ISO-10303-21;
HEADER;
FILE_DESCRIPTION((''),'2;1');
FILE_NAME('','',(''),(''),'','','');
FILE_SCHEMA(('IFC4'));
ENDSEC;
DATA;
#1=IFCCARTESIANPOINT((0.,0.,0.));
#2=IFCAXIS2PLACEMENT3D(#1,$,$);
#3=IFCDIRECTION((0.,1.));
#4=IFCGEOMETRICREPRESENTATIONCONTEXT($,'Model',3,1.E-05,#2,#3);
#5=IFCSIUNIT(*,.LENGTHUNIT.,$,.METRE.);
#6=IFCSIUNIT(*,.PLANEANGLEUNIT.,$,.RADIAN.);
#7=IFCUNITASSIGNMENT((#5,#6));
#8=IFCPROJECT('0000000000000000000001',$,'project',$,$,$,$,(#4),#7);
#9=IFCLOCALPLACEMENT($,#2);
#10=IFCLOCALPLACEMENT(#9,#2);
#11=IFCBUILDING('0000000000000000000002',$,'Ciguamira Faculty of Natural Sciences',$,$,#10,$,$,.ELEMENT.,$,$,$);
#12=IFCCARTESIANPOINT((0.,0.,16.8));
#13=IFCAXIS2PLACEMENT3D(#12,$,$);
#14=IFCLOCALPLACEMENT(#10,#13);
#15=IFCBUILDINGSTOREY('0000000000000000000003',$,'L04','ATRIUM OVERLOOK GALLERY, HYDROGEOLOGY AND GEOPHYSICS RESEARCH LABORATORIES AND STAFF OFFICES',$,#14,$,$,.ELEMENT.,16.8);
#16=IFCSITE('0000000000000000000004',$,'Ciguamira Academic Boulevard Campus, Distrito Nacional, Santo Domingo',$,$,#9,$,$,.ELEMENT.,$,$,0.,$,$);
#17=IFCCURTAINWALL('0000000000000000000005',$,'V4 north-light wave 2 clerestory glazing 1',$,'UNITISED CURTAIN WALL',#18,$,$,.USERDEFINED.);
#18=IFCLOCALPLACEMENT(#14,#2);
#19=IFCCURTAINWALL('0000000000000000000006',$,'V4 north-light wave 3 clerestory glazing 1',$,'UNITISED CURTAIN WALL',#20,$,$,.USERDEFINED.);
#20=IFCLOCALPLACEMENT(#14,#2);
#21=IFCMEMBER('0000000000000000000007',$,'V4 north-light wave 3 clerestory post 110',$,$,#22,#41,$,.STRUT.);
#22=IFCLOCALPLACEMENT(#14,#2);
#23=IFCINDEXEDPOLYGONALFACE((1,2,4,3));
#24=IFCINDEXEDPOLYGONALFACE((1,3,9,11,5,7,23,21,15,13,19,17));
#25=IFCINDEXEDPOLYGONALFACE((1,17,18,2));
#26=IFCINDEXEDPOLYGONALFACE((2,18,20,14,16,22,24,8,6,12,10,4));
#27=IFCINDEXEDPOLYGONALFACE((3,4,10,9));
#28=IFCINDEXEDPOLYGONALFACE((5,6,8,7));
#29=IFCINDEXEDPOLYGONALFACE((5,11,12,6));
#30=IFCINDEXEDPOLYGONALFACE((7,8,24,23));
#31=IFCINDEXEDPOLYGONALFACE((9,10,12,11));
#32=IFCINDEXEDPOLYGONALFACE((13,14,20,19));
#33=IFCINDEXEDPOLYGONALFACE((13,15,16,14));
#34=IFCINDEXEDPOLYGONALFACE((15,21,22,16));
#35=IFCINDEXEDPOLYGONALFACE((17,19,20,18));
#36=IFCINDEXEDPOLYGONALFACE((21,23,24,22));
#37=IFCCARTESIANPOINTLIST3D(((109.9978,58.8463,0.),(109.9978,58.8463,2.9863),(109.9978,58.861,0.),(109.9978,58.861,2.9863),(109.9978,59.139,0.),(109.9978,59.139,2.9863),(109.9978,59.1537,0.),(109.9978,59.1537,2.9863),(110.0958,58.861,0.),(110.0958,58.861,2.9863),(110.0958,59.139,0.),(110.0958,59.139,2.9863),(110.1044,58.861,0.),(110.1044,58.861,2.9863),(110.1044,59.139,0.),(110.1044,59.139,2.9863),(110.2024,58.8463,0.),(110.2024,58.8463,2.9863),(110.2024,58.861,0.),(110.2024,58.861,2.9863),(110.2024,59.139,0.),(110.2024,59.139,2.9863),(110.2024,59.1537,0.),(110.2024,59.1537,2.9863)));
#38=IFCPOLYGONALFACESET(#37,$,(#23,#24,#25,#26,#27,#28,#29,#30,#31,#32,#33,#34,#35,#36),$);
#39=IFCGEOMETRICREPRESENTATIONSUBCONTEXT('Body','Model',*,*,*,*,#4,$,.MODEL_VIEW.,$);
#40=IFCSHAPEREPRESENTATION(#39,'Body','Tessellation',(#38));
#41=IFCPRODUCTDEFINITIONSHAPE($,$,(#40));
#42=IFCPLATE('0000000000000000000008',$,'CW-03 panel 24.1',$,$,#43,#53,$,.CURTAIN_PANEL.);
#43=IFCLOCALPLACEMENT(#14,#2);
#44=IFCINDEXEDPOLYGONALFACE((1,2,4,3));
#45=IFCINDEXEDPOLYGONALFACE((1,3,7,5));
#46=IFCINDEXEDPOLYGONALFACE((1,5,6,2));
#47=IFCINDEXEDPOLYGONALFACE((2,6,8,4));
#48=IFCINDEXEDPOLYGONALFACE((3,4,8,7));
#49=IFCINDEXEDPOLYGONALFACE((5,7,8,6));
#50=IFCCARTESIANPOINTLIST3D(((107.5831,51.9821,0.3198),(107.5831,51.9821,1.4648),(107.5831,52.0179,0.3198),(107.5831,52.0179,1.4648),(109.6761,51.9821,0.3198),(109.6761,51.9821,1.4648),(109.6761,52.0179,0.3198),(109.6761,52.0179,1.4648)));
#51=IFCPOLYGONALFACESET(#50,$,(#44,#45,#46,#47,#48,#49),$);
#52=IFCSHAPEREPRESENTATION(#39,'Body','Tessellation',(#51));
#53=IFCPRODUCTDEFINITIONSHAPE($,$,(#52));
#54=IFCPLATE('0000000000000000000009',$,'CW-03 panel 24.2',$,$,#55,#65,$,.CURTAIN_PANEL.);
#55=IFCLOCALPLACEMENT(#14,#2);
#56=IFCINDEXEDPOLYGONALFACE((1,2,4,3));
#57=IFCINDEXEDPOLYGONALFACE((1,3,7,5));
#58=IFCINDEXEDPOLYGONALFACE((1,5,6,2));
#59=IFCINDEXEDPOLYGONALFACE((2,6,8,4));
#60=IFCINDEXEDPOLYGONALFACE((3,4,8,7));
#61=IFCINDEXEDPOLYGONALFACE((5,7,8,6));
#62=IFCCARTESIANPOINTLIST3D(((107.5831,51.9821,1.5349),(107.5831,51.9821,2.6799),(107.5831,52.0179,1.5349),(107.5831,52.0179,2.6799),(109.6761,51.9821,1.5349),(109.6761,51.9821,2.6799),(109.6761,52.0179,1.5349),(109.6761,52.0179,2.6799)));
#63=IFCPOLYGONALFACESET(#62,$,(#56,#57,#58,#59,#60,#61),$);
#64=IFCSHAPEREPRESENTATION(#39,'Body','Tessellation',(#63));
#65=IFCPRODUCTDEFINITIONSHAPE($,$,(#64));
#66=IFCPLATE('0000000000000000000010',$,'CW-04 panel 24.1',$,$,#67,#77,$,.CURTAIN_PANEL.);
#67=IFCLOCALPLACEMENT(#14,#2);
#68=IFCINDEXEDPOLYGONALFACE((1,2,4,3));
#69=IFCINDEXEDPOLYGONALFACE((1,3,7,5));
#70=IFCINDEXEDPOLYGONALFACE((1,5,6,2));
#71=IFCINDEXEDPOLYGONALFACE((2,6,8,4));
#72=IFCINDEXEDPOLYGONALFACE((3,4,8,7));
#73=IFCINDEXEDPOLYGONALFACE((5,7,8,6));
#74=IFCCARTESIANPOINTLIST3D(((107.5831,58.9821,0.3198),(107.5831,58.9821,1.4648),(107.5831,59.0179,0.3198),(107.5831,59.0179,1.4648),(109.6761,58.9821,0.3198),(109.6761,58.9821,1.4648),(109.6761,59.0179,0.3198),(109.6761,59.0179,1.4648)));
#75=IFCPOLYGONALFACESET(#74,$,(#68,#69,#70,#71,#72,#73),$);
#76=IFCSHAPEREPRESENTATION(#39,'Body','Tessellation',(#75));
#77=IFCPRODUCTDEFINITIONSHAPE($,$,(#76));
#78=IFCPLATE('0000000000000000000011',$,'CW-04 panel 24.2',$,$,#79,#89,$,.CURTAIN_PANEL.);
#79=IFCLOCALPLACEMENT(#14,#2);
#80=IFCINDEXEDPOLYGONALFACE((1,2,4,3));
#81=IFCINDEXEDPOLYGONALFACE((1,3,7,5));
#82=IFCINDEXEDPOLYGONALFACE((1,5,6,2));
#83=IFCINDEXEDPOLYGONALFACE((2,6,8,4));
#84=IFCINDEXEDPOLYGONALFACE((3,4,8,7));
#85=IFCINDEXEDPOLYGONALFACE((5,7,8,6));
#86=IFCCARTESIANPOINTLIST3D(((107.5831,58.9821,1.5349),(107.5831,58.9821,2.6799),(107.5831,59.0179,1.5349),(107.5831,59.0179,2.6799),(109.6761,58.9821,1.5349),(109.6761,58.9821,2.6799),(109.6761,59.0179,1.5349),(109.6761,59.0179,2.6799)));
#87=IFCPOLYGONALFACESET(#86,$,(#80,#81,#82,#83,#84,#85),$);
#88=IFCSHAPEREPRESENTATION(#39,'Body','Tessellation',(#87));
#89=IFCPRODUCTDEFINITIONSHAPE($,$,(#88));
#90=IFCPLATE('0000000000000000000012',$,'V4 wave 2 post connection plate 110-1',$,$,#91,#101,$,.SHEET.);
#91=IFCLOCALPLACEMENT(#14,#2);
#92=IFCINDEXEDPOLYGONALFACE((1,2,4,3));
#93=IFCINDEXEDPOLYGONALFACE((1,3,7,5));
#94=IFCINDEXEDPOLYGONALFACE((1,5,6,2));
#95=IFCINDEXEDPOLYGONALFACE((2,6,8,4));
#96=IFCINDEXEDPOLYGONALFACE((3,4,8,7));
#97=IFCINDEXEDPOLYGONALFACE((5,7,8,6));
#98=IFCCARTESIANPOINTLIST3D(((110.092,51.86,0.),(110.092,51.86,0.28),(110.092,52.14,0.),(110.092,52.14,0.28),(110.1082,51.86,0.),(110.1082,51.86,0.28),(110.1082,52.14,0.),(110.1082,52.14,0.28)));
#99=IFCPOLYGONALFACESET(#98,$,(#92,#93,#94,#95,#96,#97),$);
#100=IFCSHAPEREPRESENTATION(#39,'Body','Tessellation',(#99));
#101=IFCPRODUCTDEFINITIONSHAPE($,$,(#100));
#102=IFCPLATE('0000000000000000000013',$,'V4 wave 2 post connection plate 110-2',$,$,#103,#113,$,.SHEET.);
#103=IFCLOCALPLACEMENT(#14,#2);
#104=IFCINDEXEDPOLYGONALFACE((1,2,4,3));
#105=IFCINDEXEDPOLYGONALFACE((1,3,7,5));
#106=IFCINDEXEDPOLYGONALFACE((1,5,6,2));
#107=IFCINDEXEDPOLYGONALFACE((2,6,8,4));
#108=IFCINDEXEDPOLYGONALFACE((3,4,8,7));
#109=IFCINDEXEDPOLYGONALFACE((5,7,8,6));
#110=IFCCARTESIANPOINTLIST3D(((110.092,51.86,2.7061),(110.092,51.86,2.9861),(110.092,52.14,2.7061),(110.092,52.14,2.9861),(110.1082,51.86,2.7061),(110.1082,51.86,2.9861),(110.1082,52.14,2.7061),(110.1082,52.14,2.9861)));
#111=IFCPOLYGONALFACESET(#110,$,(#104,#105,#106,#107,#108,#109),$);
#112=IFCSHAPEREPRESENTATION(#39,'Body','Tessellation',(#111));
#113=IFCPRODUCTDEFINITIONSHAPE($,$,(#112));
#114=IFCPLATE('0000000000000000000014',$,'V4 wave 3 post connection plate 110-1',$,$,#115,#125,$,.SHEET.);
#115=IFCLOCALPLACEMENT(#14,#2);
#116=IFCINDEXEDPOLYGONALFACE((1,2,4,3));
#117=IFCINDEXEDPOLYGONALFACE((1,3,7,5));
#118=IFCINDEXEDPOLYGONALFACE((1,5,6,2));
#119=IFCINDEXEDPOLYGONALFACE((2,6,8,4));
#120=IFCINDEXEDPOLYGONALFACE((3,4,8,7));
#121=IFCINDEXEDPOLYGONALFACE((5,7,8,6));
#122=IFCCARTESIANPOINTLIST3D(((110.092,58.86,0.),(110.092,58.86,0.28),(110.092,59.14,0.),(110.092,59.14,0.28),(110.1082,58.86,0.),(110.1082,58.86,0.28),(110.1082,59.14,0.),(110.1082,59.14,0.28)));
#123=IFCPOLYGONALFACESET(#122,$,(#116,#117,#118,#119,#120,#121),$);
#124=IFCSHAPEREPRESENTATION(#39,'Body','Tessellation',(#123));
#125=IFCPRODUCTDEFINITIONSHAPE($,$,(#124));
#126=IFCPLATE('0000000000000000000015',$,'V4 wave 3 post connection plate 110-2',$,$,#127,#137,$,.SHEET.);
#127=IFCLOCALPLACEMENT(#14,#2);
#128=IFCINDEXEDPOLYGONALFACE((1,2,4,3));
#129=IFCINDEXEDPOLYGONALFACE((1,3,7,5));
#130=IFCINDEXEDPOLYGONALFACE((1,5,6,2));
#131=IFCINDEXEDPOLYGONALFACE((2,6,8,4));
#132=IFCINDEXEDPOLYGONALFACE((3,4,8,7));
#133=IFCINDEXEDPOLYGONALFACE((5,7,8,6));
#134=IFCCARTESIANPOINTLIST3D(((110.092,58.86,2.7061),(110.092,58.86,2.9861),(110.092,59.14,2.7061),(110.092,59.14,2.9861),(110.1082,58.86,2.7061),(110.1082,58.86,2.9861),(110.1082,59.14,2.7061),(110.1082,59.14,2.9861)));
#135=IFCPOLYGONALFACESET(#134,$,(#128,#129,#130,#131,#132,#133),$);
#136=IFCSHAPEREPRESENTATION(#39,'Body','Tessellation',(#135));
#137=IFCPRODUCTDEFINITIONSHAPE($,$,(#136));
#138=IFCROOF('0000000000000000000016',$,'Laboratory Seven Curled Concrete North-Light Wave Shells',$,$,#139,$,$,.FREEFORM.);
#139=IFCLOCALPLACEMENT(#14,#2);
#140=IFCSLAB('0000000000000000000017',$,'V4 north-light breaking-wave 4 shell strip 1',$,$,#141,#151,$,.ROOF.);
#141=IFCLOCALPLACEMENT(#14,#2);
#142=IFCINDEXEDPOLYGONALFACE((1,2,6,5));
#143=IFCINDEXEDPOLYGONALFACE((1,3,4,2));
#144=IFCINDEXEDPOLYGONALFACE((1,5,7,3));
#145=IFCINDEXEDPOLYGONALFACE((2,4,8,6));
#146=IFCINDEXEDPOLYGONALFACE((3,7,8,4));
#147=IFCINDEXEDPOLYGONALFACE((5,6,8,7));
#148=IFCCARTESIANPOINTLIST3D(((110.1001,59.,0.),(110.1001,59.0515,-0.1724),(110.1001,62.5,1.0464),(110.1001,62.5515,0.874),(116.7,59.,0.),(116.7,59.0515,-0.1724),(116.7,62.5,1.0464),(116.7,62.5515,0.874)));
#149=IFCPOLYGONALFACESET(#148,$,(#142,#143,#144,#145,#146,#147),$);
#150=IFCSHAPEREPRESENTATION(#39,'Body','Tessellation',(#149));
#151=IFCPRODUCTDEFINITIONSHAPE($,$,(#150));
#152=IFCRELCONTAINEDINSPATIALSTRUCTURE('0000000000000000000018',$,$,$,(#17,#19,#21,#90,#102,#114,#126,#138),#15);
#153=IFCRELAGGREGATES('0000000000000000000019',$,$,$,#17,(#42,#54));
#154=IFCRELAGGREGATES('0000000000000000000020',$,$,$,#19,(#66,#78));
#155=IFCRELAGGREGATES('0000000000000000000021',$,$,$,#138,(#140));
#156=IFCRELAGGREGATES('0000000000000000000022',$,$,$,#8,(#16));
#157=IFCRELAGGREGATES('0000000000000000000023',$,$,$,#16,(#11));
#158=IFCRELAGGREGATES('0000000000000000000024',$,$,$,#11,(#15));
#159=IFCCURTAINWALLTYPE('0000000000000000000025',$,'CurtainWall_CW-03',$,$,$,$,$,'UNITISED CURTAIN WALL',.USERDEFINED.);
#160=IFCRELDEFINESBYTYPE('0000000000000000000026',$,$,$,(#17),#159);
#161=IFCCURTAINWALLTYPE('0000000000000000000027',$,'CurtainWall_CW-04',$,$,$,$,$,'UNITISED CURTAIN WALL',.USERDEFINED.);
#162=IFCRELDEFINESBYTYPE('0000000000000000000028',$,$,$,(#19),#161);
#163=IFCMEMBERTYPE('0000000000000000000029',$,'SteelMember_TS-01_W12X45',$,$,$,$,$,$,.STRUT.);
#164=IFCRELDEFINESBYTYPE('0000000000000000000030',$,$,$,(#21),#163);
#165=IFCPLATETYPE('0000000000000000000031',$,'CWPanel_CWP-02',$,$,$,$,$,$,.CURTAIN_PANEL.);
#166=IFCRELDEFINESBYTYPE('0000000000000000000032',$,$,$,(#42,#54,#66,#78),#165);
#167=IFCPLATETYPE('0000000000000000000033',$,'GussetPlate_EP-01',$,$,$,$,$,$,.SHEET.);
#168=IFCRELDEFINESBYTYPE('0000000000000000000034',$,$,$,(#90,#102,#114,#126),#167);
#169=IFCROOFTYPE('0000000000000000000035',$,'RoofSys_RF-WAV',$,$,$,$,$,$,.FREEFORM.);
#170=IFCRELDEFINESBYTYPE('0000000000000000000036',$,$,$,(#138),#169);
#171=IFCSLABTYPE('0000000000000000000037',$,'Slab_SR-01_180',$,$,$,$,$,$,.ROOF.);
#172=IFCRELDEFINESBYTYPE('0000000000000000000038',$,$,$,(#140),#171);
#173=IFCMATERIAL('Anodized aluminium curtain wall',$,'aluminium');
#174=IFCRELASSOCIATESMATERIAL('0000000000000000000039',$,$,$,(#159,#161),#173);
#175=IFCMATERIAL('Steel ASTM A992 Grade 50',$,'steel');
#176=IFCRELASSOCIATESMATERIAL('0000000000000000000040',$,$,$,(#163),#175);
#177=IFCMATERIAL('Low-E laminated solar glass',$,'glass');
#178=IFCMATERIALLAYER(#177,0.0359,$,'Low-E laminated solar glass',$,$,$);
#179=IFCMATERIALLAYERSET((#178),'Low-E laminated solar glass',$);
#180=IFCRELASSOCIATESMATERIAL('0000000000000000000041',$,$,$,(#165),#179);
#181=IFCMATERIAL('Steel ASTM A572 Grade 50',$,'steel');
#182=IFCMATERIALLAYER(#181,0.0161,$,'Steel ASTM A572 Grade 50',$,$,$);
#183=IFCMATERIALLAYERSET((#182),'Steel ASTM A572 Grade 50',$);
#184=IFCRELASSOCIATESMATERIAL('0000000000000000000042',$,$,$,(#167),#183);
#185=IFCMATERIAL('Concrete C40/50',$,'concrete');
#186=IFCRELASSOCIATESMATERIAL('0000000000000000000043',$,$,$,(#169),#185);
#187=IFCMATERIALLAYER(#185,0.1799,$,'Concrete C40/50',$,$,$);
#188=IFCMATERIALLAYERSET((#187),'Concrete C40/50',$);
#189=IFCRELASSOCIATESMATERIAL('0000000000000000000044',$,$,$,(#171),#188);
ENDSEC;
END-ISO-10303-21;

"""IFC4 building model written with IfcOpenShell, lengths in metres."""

from ifc_helpers import new_model, si_unit, direction, frame, origin, origin_2d, place, context, subcontext, project, spatial, polyline, rectangle, i_section, outline, extrude, material, layer, layer_set, material_profile, profile_set, type_object, element, aggregate, save


model = new_model("IFC4")

# Units and contexts
model_context = context("Model", 3, precision=1e-05, world=origin(), true_north=direction((0.0, 1.0)))
body_context = subcontext(model_context, "Body", "Model", "MODEL_VIEW")
ifc_project = project(units=[si_unit("LENGTHUNIT", "METRE"), si_unit("PLANEANGLEUNIT", "RADIAN")], contexts=[model_context])

# Site, building, storey
site_placement = place(None, origin())
site = spatial("IfcSite", under=ifc_project, at=site_placement, Name="Ciguamira Academic Boulevard Campus, Distrito Nacional, Santo Domingo", CompositionType="ELEMENT", RefElevation=0.0)
building_placement = place(site_placement, origin())
building = spatial("IfcBuilding", under=site, at=building_placement, Name="Ciguamira Faculty of Natural Sciences", CompositionType="ELEMENT")
storey_placement = place(building_placement, frame((0.0, 0.0, 16.8)))
storey = spatial("IfcBuildingStorey", under=building, at=storey_placement, Name="L04", Description="ATRIUM OVERLOOK GALLERY, HYDROGEOLOGY AND GEOPHYSICS RESEARCH LABORATORIES AND STAFF OFFICES", CompositionType="ELEMENT", Elevation=16.8)

# Curtain walls
ifc_material_1 = material(Name="Anodized aluminium curtain wall", Category="aluminium")
curtain_wall_type_1 = type_object("IfcCurtainWallType", Name="CurtainWall_CW-03", ElementType="UNITISED CURTAIN WALL", PredefinedType="USERDEFINED", material=ifc_material_1)
curtain_wall_1_placement = place(storey_placement, origin())
curtain_wall_1 = element("IfcCurtainWall", 1, at=curtain_wall_1_placement, inside=storey, type_object=curtain_wall_type_1, Name="V4 north-light wave 2 clerestory glazing 1", ObjectType="UNITISED CURTAIN WALL", PredefinedType="USERDEFINED")
curtain_wall_type_2 = type_object("IfcCurtainWallType", Name="CurtainWall_CW-04", ElementType="UNITISED CURTAIN WALL", PredefinedType="USERDEFINED", material=ifc_material_1)
curtain_wall_2_placement = place(storey_placement, origin())
curtain_wall_2 = element("IfcCurtainWall", 2, at=curtain_wall_2_placement, inside=storey, type_object=curtain_wall_type_2, Name="V4 north-light wave 3 clerestory glazing 1", ObjectType="UNITISED CURTAIN WALL", PredefinedType="USERDEFINED")

# Shared definitions
ifc_material_2 = material(Name="Concrete C40/50", Category="concrete")

# Member
ifc_material_3 = material(Name="Steel ASTM A992 Grade 50", Category="steel")
ifc_material_profile_1 = material_profile(ifc_material_3, i_section(OverallWidth=0.2046, OverallDepth=0.3074, WebThickness=0.0085, FlangeThickness=0.0146, at=origin_2d()), Name="W12X45")
ifc_profile_set_1 = profile_set([ifc_material_profile_1], Name="Steel ASTM A992 Grade 50")
member_type_1 = type_object("IfcMemberType", Name="SteelMember_TS-01_W12X45", PredefinedType="STRUT", material=ifc_profile_set_1)
for number, where, z_axis, x_axis, name in (
    (3, (110.1001, 59.0, 0.0), (0.0, 0.0, 1.0), (1.0, 0.0, 0.0), "V4 north-light wave 3 clerestory post 110"),
):
    element("IfcMember", number, at=place(storey_placement, frame(where, z_axis=z_axis, x_axis=x_axis)), inside=storey, type_object=member_type_1, Name=name, PredefinedType="STRUT", context=body_context, shape_type="SweptSolid", body=[
        extrude(i_section(OverallWidth=0.2046, OverallDepth=0.3074, WebThickness=0.0085, FlangeThickness=0.0146, at=origin_2d()), origin(), (0.0, 0.0, 1.0), 2.9863),
    ])

# Plates
ifc_material_4 = material(Name="Low-E laminated solar glass", Category="glass")
ifc_layer_1 = layer(ifc_material_4, 0.0359, Name="Low-E laminated solar glass")
ifc_layer_set_1 = layer_set([ifc_layer_1], Name="Low-E laminated solar glass")
plate_type_1 = type_object("IfcPlateType", Name="CWPanel_CWP-02", PredefinedType="CURTAIN_PANEL", material=ifc_layer_set_1)
plate_1_placement = place(storey_placement, frame((108.6296, 52.0, 0.3198), z_axis=(0.0, 0.0, 1.0), x_axis=(1.0, 0.0, 0.0)))
plate_1 = element("IfcPlate", 4, at=plate_1_placement, type_object=plate_type_1, Name="CW-03 panel 24.1", PredefinedType="CURTAIN_PANEL", context=body_context, shape_type="SweptSolid", body=[
    extrude(rectangle(XDim=2.093, YDim=0.0359, at=origin_2d()), origin(), (0.0, 0.0, 1.0), 1.145),
])
plate_2_placement = place(storey_placement, frame((108.6296, 52.0, 1.5349), z_axis=(0.0, 0.0, 1.0), x_axis=(1.0, 0.0, 0.0)))
plate_2 = element("IfcPlate", 5, at=plate_2_placement, type_object=plate_type_1, Name="CW-03 panel 24.2", PredefinedType="CURTAIN_PANEL", context=body_context, shape_type="SweptSolid", body=[
    extrude(rectangle(XDim=2.093, YDim=0.0359, at=origin_2d()), origin(), (0.0, 0.0, 1.0), 1.145),
])
aggregate(curtain_wall_1, [plate_1, plate_2])
plate_3_placement = place(storey_placement, frame((108.6296, 59.0, 0.3198), z_axis=(0.0, 0.0, 1.0), x_axis=(1.0, 0.0, 0.0)))
plate_3 = element("IfcPlate", 6, at=plate_3_placement, type_object=plate_type_1, Name="CW-04 panel 24.1", PredefinedType="CURTAIN_PANEL", context=body_context, shape_type="SweptSolid", body=[
    extrude(rectangle(XDim=2.093, YDim=0.0359, at=origin_2d()), origin(), (0.0, 0.0, 1.0), 1.145),
])
plate_4_placement = place(storey_placement, frame((108.6296, 59.0, 1.5349), z_axis=(0.0, 0.0, 1.0), x_axis=(1.0, 0.0, 0.0)))
plate_4 = element("IfcPlate", 7, at=plate_4_placement, type_object=plate_type_1, Name="CW-04 panel 24.2", PredefinedType="CURTAIN_PANEL", context=body_context, shape_type="SweptSolid", body=[
    extrude(rectangle(XDim=2.093, YDim=0.0359, at=origin_2d()), origin(), (0.0, 0.0, 1.0), 1.145),
])
aggregate(curtain_wall_2, [plate_3, plate_4])

# Plates
ifc_material_5 = material(Name="Steel ASTM A572 Grade 50", Category="steel")
ifc_layer_2 = layer(ifc_material_5, 0.0161, Name="Steel ASTM A572 Grade 50")
ifc_layer_set_2 = layer_set([ifc_layer_2], Name="Steel ASTM A572 Grade 50")
plate_type_2 = type_object("IfcPlateType", Name="GussetPlate_EP-01", PredefinedType="SHEET", material=ifc_layer_set_2)
for number, where, z_axis, x_axis, name in (
    (8, (110.1001, 52.0, 0.0), (0.0, 0.0, 1.0), (1.0, 0.0, 0.0), "V4 wave 2 post connection plate 110-1"),
    (9, (110.1001, 52.0, 2.7061), (0.0, 0.0, 1.0), (1.0, 0.0, 0.0), "V4 wave 2 post connection plate 110-2"),
    (10, (110.1001, 59.0, 0.0), (0.0, 0.0, 1.0), (1.0, 0.0, 0.0), "V4 wave 3 post connection plate 110-1"),
    (11, (110.1001, 59.0, 2.7061), (0.0, 0.0, 1.0), (1.0, 0.0, 0.0), "V4 wave 3 post connection plate 110-2"),
):
    element("IfcPlate", number, at=place(storey_placement, frame(where, z_axis=z_axis, x_axis=x_axis)), inside=storey, type_object=plate_type_2, Name=name, PredefinedType="SHEET", context=body_context, shape_type="SweptSolid", body=[
        extrude(rectangle(XDim=0.0161, YDim=0.28, at=origin_2d()), origin(), (0.0, 0.0, 1.0), 0.28),
    ])

# Roof, slab
roof_type = type_object("IfcRoofType", Name="RoofSys_RF-WAV", PredefinedType="FREEFORM", material=ifc_material_2)
roof_placement = place(storey_placement, origin())
roof = element("IfcRoof", 12, at=roof_placement, inside=storey, type_object=roof_type, Name="Laboratory Seven Curled Concrete North-Light Wave Shells", PredefinedType="FREEFORM")
ifc_layer_3 = layer(ifc_material_2, 0.1799, Name="Concrete C40/50")
ifc_layer_set_3 = layer_set([ifc_layer_3], Name="Concrete C40/50")
slab_type = type_object("IfcSlabType", Name="Slab_SR-01_180", PredefinedType="ROOF", material=ifc_layer_set_3)
slab_placement = place(storey_placement, frame((110.1001, 59.0, 0.0), z_axis=(0.0, -0.28644, 0.958098), x_axis=(1.0, 0.0, 0.0)))
slab = element("IfcSlab", 13, at=slab_placement, type_object=slab_type, Name="V4 north-light breaking-wave 4 shell strip 1", PredefinedType="ROOF", context=body_context, shape_type="SweptSolid", body=[
    extrude(outline(polyline([(0.0, 0.0), (6.5999, 0.0), (6.5999, 3.6531), (0.0, 3.6531), (0.0, 0.0)])), origin(), (0.0, 0.0, -1.0), 0.1799),
])
aggregate(roof, [slab])

save(model, "model.ifc")
